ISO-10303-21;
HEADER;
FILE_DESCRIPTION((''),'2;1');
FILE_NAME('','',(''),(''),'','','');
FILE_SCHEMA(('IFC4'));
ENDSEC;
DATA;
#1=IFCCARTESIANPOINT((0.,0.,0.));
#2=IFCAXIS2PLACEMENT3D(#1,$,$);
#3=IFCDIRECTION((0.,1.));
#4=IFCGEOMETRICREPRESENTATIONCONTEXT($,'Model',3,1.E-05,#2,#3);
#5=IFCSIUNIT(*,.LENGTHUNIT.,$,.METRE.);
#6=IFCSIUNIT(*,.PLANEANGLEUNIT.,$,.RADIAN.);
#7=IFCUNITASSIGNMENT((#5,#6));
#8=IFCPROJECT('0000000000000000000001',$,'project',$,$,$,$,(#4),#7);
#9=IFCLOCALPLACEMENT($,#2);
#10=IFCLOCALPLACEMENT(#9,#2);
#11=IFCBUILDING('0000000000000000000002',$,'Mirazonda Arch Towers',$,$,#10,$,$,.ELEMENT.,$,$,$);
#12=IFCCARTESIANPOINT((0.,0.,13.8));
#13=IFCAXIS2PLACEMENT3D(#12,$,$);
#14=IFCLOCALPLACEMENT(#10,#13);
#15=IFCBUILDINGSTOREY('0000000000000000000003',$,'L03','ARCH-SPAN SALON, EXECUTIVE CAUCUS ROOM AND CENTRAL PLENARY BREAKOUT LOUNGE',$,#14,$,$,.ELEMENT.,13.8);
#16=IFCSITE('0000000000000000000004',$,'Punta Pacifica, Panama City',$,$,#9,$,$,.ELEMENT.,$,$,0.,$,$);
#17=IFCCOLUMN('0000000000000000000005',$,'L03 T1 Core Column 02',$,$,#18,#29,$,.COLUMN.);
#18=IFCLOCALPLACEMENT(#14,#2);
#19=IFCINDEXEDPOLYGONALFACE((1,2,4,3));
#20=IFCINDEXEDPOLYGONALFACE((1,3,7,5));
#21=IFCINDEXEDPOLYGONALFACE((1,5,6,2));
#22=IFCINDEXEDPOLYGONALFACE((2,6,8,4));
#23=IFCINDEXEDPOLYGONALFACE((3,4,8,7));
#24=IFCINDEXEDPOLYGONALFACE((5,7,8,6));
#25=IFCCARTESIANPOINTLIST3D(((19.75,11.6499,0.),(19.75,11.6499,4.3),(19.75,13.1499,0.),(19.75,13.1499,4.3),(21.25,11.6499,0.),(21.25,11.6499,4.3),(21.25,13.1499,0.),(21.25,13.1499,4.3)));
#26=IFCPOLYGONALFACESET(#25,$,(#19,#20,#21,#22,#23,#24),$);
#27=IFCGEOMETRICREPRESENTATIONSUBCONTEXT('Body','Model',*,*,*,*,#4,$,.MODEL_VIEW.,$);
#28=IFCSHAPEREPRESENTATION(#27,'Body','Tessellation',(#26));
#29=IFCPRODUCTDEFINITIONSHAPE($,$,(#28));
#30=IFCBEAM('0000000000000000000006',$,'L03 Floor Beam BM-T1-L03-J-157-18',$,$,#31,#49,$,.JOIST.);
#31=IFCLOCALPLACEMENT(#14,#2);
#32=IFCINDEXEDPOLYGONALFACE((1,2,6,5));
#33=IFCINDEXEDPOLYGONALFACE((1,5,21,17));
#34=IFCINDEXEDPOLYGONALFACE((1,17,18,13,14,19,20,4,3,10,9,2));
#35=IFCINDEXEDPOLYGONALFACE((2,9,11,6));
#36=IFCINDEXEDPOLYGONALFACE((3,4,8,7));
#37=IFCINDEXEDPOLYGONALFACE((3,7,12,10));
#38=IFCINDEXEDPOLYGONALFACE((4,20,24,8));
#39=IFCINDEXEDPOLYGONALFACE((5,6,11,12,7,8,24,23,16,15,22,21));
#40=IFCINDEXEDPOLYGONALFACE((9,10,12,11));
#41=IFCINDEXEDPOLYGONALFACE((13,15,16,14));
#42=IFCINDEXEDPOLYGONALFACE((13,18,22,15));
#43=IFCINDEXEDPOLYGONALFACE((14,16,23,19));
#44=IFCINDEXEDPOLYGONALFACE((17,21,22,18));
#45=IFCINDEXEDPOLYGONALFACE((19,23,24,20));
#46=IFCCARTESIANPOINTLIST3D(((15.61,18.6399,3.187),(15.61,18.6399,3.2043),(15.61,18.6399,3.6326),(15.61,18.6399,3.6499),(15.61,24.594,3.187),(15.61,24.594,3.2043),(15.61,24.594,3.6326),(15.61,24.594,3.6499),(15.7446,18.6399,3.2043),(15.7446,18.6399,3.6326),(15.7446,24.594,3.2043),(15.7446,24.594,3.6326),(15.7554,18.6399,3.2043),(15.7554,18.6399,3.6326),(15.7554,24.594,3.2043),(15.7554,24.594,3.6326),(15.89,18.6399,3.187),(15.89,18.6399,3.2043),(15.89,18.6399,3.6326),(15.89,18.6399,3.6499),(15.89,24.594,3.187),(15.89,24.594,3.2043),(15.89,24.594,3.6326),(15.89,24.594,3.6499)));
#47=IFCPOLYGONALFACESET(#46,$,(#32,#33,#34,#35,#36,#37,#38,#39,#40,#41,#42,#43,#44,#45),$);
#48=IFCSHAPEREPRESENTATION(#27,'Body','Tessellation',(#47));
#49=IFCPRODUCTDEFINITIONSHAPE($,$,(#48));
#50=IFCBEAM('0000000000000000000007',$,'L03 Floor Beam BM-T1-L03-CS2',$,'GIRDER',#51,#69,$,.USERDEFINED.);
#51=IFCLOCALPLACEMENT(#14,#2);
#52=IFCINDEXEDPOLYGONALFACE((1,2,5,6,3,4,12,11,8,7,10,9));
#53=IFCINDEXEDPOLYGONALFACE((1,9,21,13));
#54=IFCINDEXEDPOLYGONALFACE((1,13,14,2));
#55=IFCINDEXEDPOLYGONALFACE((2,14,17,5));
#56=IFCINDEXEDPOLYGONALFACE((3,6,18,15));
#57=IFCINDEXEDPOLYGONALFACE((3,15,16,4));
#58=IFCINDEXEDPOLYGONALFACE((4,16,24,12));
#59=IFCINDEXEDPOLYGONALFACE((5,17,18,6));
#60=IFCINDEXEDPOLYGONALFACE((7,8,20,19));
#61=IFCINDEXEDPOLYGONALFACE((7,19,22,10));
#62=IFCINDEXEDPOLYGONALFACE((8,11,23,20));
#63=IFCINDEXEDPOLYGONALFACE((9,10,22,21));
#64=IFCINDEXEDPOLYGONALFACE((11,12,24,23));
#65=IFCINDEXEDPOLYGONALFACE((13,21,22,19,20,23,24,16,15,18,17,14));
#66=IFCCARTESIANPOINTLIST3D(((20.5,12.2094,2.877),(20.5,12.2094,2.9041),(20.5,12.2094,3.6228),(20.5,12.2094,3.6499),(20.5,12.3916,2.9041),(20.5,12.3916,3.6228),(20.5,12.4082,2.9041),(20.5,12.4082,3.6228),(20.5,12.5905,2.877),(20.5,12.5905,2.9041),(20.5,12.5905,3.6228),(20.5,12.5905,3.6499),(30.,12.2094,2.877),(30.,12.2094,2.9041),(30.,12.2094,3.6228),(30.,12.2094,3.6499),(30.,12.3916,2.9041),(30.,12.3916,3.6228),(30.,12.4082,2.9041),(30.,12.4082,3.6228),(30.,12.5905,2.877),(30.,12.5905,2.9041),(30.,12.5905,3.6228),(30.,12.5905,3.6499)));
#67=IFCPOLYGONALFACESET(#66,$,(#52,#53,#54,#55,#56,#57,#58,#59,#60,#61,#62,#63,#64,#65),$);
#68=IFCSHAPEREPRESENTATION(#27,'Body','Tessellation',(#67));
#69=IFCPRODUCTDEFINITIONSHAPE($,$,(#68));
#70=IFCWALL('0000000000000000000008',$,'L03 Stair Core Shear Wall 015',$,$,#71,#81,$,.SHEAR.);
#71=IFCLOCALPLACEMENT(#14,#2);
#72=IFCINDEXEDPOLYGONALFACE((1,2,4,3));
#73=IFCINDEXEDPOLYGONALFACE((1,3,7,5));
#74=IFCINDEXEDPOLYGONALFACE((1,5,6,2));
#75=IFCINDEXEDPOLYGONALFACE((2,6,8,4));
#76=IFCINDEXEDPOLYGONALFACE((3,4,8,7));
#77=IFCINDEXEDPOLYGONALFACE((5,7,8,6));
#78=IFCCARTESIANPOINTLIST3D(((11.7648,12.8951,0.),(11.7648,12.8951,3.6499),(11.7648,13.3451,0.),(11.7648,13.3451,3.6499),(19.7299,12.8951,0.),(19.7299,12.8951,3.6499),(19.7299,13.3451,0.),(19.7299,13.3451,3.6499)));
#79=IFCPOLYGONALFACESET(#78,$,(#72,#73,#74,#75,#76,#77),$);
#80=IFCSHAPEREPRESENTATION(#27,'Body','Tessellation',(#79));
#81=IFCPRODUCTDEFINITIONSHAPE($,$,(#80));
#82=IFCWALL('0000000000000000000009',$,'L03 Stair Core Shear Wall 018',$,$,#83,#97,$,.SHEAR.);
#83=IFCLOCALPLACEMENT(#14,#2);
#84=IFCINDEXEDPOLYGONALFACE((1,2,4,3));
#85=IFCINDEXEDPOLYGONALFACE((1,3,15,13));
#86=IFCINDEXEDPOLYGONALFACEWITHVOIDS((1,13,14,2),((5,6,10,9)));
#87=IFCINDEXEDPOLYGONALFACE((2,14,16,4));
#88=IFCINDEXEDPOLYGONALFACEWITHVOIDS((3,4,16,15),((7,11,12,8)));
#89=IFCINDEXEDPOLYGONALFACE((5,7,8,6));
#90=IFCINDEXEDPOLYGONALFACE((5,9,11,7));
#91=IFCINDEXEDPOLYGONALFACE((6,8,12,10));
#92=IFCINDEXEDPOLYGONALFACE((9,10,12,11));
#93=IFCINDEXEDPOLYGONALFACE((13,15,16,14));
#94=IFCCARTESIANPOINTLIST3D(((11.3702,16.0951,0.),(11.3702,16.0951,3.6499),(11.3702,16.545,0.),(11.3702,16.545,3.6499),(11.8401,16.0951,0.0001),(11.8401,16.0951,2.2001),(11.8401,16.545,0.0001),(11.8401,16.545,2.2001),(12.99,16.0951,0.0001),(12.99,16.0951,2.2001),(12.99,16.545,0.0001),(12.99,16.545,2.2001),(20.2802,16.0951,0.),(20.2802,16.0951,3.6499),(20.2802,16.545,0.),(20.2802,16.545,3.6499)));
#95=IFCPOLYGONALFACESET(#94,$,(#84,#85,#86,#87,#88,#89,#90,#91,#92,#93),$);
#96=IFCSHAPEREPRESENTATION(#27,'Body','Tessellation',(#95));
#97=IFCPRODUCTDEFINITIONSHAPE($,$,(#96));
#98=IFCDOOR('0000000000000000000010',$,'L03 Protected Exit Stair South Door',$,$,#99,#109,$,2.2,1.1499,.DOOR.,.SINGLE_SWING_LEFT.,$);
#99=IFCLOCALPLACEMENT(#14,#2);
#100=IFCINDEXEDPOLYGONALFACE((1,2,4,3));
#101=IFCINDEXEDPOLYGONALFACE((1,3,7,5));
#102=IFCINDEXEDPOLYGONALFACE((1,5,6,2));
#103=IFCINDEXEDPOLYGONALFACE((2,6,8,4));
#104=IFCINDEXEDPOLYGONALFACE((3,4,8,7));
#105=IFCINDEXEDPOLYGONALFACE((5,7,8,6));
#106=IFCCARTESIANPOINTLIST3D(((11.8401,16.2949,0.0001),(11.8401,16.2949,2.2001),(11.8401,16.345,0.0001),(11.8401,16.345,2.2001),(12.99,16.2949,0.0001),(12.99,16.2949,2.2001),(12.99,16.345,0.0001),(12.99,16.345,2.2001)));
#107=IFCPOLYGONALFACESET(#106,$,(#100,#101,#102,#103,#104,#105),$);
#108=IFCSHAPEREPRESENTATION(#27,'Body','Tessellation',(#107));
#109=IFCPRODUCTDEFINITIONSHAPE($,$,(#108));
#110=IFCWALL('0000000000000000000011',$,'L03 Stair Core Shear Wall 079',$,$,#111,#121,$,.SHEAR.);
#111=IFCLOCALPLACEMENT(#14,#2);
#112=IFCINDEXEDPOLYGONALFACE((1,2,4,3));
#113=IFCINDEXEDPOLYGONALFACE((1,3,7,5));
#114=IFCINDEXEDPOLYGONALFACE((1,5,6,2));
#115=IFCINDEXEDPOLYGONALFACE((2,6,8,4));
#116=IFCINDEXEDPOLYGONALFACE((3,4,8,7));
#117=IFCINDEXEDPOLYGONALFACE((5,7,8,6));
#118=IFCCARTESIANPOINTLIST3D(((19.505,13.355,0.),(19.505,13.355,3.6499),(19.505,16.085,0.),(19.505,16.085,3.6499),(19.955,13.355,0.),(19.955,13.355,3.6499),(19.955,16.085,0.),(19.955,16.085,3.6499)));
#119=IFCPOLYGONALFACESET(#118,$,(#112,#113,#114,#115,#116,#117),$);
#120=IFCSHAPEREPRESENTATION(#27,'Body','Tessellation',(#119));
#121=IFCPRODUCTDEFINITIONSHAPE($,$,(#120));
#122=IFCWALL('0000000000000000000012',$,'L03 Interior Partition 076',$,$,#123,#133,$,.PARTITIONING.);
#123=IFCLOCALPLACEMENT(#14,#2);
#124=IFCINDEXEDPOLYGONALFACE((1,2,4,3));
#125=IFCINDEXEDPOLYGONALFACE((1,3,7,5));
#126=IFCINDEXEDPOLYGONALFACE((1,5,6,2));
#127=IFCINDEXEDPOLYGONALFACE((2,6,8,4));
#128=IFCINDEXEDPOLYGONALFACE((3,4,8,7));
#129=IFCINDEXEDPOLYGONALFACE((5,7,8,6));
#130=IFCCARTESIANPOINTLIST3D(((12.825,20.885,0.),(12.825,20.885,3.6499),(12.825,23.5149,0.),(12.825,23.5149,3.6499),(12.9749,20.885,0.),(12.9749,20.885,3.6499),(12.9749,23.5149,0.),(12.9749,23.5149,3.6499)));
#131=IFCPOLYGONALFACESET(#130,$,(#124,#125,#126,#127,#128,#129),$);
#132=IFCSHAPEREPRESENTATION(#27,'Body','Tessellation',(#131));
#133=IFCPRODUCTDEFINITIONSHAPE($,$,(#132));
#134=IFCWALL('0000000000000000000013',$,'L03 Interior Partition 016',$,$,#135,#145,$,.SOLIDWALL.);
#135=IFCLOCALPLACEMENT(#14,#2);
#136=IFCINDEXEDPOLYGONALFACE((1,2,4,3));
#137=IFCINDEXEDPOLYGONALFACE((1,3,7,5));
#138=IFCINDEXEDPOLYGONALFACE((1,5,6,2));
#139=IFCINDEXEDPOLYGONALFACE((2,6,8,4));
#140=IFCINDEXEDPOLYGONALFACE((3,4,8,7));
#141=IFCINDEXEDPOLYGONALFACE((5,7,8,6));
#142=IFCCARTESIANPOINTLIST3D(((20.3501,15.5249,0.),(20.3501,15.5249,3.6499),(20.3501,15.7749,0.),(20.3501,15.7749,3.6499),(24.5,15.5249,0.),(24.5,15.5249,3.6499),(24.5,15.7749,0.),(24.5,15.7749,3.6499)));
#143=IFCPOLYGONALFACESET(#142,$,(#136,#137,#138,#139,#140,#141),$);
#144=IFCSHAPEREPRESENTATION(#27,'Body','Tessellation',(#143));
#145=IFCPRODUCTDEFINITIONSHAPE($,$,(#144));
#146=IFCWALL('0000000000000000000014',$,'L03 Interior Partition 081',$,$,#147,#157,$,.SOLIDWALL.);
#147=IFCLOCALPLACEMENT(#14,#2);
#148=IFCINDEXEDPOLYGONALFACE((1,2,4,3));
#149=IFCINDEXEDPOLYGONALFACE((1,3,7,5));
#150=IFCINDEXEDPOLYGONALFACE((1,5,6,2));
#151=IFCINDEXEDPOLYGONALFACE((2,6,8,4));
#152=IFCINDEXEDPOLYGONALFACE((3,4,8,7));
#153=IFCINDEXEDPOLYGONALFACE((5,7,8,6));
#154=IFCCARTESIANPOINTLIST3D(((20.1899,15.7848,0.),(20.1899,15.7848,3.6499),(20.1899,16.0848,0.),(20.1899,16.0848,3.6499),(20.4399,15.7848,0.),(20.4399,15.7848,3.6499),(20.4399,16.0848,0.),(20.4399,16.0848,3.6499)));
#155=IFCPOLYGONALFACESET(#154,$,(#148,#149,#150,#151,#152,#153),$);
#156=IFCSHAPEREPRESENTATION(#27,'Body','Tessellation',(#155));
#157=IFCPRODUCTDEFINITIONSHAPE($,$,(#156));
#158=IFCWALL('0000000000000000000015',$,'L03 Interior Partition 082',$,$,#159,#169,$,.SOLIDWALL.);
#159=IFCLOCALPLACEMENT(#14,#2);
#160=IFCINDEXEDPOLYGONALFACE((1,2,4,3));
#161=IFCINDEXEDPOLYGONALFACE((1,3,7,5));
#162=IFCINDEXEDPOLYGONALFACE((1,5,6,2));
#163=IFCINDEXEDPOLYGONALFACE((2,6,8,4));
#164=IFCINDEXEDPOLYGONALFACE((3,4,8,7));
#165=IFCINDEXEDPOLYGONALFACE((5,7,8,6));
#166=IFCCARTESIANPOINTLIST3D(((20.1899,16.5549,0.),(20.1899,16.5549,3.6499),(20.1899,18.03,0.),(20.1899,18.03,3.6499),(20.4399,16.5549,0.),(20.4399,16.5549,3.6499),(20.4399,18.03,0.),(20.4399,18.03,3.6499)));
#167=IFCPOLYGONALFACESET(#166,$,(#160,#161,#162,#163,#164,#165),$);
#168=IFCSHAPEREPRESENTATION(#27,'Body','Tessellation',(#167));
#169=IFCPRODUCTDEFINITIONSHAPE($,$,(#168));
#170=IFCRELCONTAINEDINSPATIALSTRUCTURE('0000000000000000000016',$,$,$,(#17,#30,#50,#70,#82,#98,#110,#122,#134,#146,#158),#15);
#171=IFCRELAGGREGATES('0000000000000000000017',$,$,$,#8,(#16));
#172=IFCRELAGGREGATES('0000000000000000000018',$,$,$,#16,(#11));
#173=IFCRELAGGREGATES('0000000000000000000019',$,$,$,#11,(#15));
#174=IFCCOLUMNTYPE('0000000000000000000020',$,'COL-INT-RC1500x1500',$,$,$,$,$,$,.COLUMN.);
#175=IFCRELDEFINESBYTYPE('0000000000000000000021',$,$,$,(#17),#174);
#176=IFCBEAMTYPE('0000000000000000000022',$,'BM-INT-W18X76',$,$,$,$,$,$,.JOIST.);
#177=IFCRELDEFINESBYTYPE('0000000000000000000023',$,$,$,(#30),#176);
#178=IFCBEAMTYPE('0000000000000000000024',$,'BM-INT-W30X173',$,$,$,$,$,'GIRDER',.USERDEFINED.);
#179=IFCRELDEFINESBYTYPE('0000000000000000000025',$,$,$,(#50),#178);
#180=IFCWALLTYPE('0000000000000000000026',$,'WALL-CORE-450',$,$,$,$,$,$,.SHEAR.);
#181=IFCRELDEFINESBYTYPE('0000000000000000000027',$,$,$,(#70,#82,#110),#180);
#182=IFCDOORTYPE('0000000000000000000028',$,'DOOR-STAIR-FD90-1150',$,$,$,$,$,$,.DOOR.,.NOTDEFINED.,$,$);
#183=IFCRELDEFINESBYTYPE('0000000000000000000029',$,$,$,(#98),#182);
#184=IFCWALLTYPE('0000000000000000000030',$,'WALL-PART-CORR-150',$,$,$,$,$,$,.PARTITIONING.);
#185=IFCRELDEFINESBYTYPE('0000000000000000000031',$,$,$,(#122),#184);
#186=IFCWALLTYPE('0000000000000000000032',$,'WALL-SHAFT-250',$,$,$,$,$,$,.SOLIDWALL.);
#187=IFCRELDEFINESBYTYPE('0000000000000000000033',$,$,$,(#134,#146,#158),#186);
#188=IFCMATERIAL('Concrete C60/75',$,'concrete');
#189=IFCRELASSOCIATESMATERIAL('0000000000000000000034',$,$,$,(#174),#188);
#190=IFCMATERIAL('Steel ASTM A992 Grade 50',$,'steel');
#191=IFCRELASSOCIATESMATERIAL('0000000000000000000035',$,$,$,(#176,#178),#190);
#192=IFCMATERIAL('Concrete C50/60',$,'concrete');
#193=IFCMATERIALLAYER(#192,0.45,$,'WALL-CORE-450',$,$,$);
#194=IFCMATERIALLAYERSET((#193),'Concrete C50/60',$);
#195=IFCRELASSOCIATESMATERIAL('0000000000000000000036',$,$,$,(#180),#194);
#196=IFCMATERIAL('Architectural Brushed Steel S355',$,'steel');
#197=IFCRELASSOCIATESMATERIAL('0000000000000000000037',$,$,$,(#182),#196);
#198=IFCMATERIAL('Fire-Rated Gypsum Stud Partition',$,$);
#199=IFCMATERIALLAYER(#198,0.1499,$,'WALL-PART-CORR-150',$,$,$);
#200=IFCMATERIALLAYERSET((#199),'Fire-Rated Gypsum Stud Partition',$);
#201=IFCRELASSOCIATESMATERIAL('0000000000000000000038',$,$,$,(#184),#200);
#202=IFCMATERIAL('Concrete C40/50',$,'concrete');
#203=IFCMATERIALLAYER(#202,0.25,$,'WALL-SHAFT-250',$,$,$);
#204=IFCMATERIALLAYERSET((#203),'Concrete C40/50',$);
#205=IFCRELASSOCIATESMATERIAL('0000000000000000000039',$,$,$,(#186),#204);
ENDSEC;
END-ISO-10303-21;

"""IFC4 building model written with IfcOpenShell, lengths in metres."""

from ifc_helpers import new_model, si_unit, direction, frame, frame_2d, origin, origin_2d, place, context, subcontext, project, spatial, rectangle, i_section, extrude, material, layer, layer_set, material_profile, profile_set, type_object, element, fill, save


model = new_model("IFC4")

# Units and contexts
model_context = context("Model", 3, precision=1e-05, world=origin(), true_north=direction((0.0, 1.0)))
body_context = subcontext(model_context, "Body", "Model", "MODEL_VIEW")
ifc_project = project(units=[si_unit("LENGTHUNIT", "METRE"), si_unit("PLANEANGLEUNIT", "RADIAN")], contexts=[model_context])

# Site, building, storey
site_placement = place(None, origin())
site = spatial("IfcSite", under=ifc_project, at=site_placement, Name="Punta Pacifica, Panama City", CompositionType="ELEMENT", RefElevation=0.0)
building_placement = place(site_placement, origin())
building = spatial("IfcBuilding", under=site, at=building_placement, Name="Mirazonda Arch Towers", CompositionType="ELEMENT")
storey_placement = place(building_placement, frame((0.0, 0.0, 13.8)))
storey = spatial("IfcBuildingStorey", under=building, at=storey_placement, Name="L03", Description="ARCH-SPAN SALON, EXECUTIVE CAUCUS ROOM AND CENTRAL PLENARY BREAKOUT LOUNGE", CompositionType="ELEMENT", Elevation=13.8)

# Column
ifc_material_1 = material(Name="Concrete C60/75", Category="concrete")
ifc_material_profile_1 = material_profile(ifc_material_1, rectangle(XDim=1.5, YDim=1.5, at=origin_2d()), Name="RC1500x1500")
ifc_profile_set_1 = profile_set([ifc_material_profile_1], Name="Concrete C60/75")
column_type = type_object("IfcColumnType", Name="COL-INT-RC1500x1500", PredefinedType="COLUMN", material=ifc_profile_set_1)
column_placement = place(storey_placement, frame((20.5, 12.3999, 0.0), z_axis=(0.0, 0.0, 1.0), x_axis=(1.0, 0.0, 0.0)))
element("IfcColumn", 1, at=column_placement, inside=storey, type_object=column_type, Name="L03 T1 Core Column 02", PredefinedType="COLUMN", context=body_context, shape_type="SweptSolid", body=[
    extrude(rectangle(XDim=1.5, YDim=1.5, at=origin_2d()), origin(), (0.0, 0.0, 1.0), 4.3),
])

# Beams
ifc_material_2 = material(Name="Steel ASTM A992 Grade 50", Category="steel")
ifc_material_profile_2 = material_profile(ifc_material_2, i_section(OverallWidth=0.28, OverallDepth=0.4629, WebThickness=0.0107, FlangeThickness=0.0173, at=origin_2d()), Name="W18X76")
ifc_profile_set_2 = profile_set([ifc_material_profile_2], Name="Steel ASTM A992 Grade 50")
beam_type_1 = type_object("IfcBeamType", Name="BM-INT-W18X76", PredefinedType="JOIST", material=ifc_profile_set_2)
beam_1_placement = place(storey_placement, frame((15.75, 18.6399, 3.4185), z_axis=(0.0, 1.0, 0.0), x_axis=(-1.0, 0.0, 0.0)))
element("IfcBeam", 2, at=beam_1_placement, inside=storey, type_object=beam_type_1, Name="L03 Floor Beam BM-T1-L03-J-157-18", PredefinedType="JOIST", context=body_context, shape_type="SweptSolid", body=[
    extrude(i_section(OverallWidth=0.28, OverallDepth=0.4629, WebThickness=0.0107, FlangeThickness=0.0173, at=origin_2d()), origin(), (0.0, 0.0, 1.0), 5.9541),
])
ifc_material_profile_3 = material_profile(ifc_material_2, i_section(OverallWidth=0.3811, OverallDepth=0.7729, WebThickness=0.0166, FlangeThickness=0.0271, at=origin_2d()), Name="W30X173")
ifc_profile_set_3 = profile_set([ifc_material_profile_3], Name="Steel ASTM A992 Grade 50")
beam_type_2 = type_object("IfcBeamType", Name="BM-INT-W30X173", ElementType="GIRDER", PredefinedType="USERDEFINED", material=ifc_profile_set_3)
beam_2_placement = place(storey_placement, frame((20.5, 12.3999, 3.2634), z_axis=(1.0, 0.0, 0.0), x_axis=(0.0, 1.0, 0.0)))
element("IfcBeam", 3, at=beam_2_placement, inside=storey, type_object=beam_type_2, Name="L03 Floor Beam BM-T1-L03-CS2", ObjectType="GIRDER", PredefinedType="USERDEFINED", context=body_context, shape_type="SweptSolid", body=[
    extrude(i_section(OverallWidth=0.3811, OverallDepth=0.7729, WebThickness=0.0166, FlangeThickness=0.0271, at=origin_2d()), origin(), (0.0, 0.0, 1.0), 9.5),
])

# Wall
ifc_material_3 = material(Name="Concrete C50/60", Category="concrete")
ifc_layer_1 = layer(ifc_material_3, 0.45, Name="WALL-CORE-450")
ifc_layer_set_1 = layer_set([ifc_layer_1], Name="Concrete C50/60")
wall_type_1 = type_object("IfcWallType", Name="WALL-CORE-450", PredefinedType="SHEAR", material=ifc_layer_set_1)
wall_1_placement = place(storey_placement, frame((11.7649, 13.1201, 0.0), z_axis=(0.0, 0.0, 1.0), x_axis=(1.0, 0.0, 0.0)))
element("IfcWall", 4, at=wall_1_placement, inside=storey, type_object=wall_type_1, Name="L03 Stair Core Shear Wall 015", PredefinedType="SHEAR", context=body_context, shape_type="SweptSolid", body=[
    extrude(rectangle(XDim=7.9651, YDim=0.45, at=frame_2d((3.9824, 0.0))), origin(), (0.0, 0.0, 1.0), 3.6499),
])

# Wall, opening, door
wall_2_placement = place(storey_placement, frame((11.3701, 16.3201, 0.0), z_axis=(0.0, 0.0, 1.0), x_axis=(1.0, 0.0, 0.0)))
wall_2 = element("IfcWall", 5, at=wall_2_placement, inside=storey, type_object=wall_type_1, Name="L03 Stair Core Shear Wall 018", PredefinedType="SHEAR", context=body_context, shape_type="SweptSolid", body=[
    extrude(rectangle(XDim=8.9099, YDim=0.45, at=frame_2d((4.4551, 0.0))), origin(), (0.0, 0.0, 1.0), 3.6499),
])
opening_placement = place(wall_2_placement, frame((0.47, 0.0, 0.0)))
opening = element("IfcOpeningElement", 6, at=opening_placement, cuts=wall_2, PredefinedType="OPENING", context=body_context, shape_type="SweptSolid", body=[
    extrude(rectangle(XDim=1.1499, YDim=2.2, at=frame_2d((0.575, 1.1001))), frame((0.0, 0.2349, 0.0), z_axis=(0.0, -1.0, 0.0), x_axis=(1.0, 0.0, 0.0)), (0.0, 0.0, 1.0), 0.47),
])
ifc_material_4 = material(Name="Architectural Brushed Steel S355", Category="steel")
door_type = type_object("IfcDoorType", Name="DOOR-STAIR-FD90-1150", OperationType="NOTDEFINED", PredefinedType="DOOR", material=ifc_material_4)
door_placement = place(opening_placement, origin())
door = element("IfcDoor", 7, at=door_placement, inside=storey, type_object=door_type, Name="L03 Protected Exit Stair South Door", OperationType="SINGLE_SWING_LEFT", OverallHeight=2.2, OverallWidth=1.1499, PredefinedType="DOOR", context=body_context, shape_type="SweptSolid", body=[
    extrude(rectangle(XDim=1.1499, YDim=2.2, at=frame_2d((0.575, 1.1001))), frame((0.0, 0.0249, 0.0), z_axis=(0.0, -1.0, 0.0), x_axis=(1.0, 0.0, 0.0)), (0.0, 0.0, 1.0), 0.05),
])
fill(opening, door)

# Walls
wall_3_placement = place(storey_placement, frame((19.73, 13.355, 0.0), z_axis=(0.0, 0.0, 1.0), x_axis=(0.0, 1.0, 0.0)))
element("IfcWall", 8, at=wall_3_placement, inside=storey, type_object=wall_type_1, Name="L03 Stair Core Shear Wall 079", PredefinedType="SHEAR", context=body_context, shape_type="SweptSolid", body=[
    extrude(rectangle(XDim=2.73, YDim=0.45, at=frame_2d((1.365, 0.0))), origin(), (0.0, 0.0, 1.0), 3.6499),
])
ifc_material_5 = material(Name="Fire-Rated Gypsum Stud Partition")
ifc_layer_2 = layer(ifc_material_5, 0.1499, Name="WALL-PART-CORR-150")
ifc_layer_set_2 = layer_set([ifc_layer_2], Name="Fire-Rated Gypsum Stud Partition")
wall_type_2 = type_object("IfcWallType", Name="WALL-PART-CORR-150", PredefinedType="PARTITIONING", material=ifc_layer_set_2)
wall_4_placement = place(storey_placement, frame((12.8999, 20.885, 0.0), z_axis=(0.0, 0.0, 1.0), x_axis=(0.0, 1.0, 0.0)))
element("IfcWall", 9, at=wall_4_placement, inside=storey, type_object=wall_type_2, Name="L03 Interior Partition 076", PredefinedType="PARTITIONING", context=body_context, shape_type="SweptSolid", body=[
    extrude(rectangle(XDim=2.6299, YDim=0.1499, at=frame_2d((1.3149, 0.0))), origin(), (0.0, 0.0, 1.0), 3.6499),
])
ifc_material_6 = material(Name="Concrete C40/50", Category="concrete")
ifc_layer_3 = layer(ifc_material_6, 0.25, Name="WALL-SHAFT-250")
ifc_layer_set_3 = layer_set([ifc_layer_3], Name="Concrete C40/50")
wall_type_3 = type_object("IfcWallType", Name="WALL-SHAFT-250", PredefinedType="SOLIDWALL", material=ifc_layer_set_3)
wall_5_placement = place(storey_placement, frame((20.3501, 15.6499, 0.0), z_axis=(0.0, 0.0, 1.0), x_axis=(1.0, 0.0, 0.0)))
element("IfcWall", 10, at=wall_5_placement, inside=storey, type_object=wall_type_3, Name="L03 Interior Partition 016", PredefinedType="SOLIDWALL", context=body_context, shape_type="SweptSolid", body=[
    extrude(rectangle(XDim=4.1499, YDim=0.25, at=frame_2d((2.075, 0.0))), origin(), (0.0, 0.0, 1.0), 3.6499),
])
wall_6_placement = place(storey_placement, frame((20.3149, 15.7849, 0.0), z_axis=(0.0, 0.0, 1.0), x_axis=(0.0, 1.0, 0.0)))
element("IfcWall", 11, at=wall_6_placement, inside=storey, type_object=wall_type_3, Name="L03 Interior Partition 081", PredefinedType="SOLIDWALL", context=body_context, shape_type="SweptSolid", body=[
    extrude(rectangle(XDim=0.3, YDim=0.25, at=frame_2d((0.1499, 0.0))), origin(), (0.0, 0.0, 1.0), 3.6499),
])
wall_7_placement = place(storey_placement, frame((20.3149, 16.5549, 0.0), z_axis=(0.0, 0.0, 1.0), x_axis=(0.0, 1.0, 0.0)))
element("IfcWall", 12, at=wall_7_placement, inside=storey, type_object=wall_type_3, Name="L03 Interior Partition 082", PredefinedType="SOLIDWALL", context=body_context, shape_type="SweptSolid", body=[
    extrude(rectangle(XDim=1.4751, YDim=0.25, at=frame_2d((0.7375, 0.0))), origin(), (0.0, 0.0, 1.0), 3.6499),
])

save(model, "model.ifc")
